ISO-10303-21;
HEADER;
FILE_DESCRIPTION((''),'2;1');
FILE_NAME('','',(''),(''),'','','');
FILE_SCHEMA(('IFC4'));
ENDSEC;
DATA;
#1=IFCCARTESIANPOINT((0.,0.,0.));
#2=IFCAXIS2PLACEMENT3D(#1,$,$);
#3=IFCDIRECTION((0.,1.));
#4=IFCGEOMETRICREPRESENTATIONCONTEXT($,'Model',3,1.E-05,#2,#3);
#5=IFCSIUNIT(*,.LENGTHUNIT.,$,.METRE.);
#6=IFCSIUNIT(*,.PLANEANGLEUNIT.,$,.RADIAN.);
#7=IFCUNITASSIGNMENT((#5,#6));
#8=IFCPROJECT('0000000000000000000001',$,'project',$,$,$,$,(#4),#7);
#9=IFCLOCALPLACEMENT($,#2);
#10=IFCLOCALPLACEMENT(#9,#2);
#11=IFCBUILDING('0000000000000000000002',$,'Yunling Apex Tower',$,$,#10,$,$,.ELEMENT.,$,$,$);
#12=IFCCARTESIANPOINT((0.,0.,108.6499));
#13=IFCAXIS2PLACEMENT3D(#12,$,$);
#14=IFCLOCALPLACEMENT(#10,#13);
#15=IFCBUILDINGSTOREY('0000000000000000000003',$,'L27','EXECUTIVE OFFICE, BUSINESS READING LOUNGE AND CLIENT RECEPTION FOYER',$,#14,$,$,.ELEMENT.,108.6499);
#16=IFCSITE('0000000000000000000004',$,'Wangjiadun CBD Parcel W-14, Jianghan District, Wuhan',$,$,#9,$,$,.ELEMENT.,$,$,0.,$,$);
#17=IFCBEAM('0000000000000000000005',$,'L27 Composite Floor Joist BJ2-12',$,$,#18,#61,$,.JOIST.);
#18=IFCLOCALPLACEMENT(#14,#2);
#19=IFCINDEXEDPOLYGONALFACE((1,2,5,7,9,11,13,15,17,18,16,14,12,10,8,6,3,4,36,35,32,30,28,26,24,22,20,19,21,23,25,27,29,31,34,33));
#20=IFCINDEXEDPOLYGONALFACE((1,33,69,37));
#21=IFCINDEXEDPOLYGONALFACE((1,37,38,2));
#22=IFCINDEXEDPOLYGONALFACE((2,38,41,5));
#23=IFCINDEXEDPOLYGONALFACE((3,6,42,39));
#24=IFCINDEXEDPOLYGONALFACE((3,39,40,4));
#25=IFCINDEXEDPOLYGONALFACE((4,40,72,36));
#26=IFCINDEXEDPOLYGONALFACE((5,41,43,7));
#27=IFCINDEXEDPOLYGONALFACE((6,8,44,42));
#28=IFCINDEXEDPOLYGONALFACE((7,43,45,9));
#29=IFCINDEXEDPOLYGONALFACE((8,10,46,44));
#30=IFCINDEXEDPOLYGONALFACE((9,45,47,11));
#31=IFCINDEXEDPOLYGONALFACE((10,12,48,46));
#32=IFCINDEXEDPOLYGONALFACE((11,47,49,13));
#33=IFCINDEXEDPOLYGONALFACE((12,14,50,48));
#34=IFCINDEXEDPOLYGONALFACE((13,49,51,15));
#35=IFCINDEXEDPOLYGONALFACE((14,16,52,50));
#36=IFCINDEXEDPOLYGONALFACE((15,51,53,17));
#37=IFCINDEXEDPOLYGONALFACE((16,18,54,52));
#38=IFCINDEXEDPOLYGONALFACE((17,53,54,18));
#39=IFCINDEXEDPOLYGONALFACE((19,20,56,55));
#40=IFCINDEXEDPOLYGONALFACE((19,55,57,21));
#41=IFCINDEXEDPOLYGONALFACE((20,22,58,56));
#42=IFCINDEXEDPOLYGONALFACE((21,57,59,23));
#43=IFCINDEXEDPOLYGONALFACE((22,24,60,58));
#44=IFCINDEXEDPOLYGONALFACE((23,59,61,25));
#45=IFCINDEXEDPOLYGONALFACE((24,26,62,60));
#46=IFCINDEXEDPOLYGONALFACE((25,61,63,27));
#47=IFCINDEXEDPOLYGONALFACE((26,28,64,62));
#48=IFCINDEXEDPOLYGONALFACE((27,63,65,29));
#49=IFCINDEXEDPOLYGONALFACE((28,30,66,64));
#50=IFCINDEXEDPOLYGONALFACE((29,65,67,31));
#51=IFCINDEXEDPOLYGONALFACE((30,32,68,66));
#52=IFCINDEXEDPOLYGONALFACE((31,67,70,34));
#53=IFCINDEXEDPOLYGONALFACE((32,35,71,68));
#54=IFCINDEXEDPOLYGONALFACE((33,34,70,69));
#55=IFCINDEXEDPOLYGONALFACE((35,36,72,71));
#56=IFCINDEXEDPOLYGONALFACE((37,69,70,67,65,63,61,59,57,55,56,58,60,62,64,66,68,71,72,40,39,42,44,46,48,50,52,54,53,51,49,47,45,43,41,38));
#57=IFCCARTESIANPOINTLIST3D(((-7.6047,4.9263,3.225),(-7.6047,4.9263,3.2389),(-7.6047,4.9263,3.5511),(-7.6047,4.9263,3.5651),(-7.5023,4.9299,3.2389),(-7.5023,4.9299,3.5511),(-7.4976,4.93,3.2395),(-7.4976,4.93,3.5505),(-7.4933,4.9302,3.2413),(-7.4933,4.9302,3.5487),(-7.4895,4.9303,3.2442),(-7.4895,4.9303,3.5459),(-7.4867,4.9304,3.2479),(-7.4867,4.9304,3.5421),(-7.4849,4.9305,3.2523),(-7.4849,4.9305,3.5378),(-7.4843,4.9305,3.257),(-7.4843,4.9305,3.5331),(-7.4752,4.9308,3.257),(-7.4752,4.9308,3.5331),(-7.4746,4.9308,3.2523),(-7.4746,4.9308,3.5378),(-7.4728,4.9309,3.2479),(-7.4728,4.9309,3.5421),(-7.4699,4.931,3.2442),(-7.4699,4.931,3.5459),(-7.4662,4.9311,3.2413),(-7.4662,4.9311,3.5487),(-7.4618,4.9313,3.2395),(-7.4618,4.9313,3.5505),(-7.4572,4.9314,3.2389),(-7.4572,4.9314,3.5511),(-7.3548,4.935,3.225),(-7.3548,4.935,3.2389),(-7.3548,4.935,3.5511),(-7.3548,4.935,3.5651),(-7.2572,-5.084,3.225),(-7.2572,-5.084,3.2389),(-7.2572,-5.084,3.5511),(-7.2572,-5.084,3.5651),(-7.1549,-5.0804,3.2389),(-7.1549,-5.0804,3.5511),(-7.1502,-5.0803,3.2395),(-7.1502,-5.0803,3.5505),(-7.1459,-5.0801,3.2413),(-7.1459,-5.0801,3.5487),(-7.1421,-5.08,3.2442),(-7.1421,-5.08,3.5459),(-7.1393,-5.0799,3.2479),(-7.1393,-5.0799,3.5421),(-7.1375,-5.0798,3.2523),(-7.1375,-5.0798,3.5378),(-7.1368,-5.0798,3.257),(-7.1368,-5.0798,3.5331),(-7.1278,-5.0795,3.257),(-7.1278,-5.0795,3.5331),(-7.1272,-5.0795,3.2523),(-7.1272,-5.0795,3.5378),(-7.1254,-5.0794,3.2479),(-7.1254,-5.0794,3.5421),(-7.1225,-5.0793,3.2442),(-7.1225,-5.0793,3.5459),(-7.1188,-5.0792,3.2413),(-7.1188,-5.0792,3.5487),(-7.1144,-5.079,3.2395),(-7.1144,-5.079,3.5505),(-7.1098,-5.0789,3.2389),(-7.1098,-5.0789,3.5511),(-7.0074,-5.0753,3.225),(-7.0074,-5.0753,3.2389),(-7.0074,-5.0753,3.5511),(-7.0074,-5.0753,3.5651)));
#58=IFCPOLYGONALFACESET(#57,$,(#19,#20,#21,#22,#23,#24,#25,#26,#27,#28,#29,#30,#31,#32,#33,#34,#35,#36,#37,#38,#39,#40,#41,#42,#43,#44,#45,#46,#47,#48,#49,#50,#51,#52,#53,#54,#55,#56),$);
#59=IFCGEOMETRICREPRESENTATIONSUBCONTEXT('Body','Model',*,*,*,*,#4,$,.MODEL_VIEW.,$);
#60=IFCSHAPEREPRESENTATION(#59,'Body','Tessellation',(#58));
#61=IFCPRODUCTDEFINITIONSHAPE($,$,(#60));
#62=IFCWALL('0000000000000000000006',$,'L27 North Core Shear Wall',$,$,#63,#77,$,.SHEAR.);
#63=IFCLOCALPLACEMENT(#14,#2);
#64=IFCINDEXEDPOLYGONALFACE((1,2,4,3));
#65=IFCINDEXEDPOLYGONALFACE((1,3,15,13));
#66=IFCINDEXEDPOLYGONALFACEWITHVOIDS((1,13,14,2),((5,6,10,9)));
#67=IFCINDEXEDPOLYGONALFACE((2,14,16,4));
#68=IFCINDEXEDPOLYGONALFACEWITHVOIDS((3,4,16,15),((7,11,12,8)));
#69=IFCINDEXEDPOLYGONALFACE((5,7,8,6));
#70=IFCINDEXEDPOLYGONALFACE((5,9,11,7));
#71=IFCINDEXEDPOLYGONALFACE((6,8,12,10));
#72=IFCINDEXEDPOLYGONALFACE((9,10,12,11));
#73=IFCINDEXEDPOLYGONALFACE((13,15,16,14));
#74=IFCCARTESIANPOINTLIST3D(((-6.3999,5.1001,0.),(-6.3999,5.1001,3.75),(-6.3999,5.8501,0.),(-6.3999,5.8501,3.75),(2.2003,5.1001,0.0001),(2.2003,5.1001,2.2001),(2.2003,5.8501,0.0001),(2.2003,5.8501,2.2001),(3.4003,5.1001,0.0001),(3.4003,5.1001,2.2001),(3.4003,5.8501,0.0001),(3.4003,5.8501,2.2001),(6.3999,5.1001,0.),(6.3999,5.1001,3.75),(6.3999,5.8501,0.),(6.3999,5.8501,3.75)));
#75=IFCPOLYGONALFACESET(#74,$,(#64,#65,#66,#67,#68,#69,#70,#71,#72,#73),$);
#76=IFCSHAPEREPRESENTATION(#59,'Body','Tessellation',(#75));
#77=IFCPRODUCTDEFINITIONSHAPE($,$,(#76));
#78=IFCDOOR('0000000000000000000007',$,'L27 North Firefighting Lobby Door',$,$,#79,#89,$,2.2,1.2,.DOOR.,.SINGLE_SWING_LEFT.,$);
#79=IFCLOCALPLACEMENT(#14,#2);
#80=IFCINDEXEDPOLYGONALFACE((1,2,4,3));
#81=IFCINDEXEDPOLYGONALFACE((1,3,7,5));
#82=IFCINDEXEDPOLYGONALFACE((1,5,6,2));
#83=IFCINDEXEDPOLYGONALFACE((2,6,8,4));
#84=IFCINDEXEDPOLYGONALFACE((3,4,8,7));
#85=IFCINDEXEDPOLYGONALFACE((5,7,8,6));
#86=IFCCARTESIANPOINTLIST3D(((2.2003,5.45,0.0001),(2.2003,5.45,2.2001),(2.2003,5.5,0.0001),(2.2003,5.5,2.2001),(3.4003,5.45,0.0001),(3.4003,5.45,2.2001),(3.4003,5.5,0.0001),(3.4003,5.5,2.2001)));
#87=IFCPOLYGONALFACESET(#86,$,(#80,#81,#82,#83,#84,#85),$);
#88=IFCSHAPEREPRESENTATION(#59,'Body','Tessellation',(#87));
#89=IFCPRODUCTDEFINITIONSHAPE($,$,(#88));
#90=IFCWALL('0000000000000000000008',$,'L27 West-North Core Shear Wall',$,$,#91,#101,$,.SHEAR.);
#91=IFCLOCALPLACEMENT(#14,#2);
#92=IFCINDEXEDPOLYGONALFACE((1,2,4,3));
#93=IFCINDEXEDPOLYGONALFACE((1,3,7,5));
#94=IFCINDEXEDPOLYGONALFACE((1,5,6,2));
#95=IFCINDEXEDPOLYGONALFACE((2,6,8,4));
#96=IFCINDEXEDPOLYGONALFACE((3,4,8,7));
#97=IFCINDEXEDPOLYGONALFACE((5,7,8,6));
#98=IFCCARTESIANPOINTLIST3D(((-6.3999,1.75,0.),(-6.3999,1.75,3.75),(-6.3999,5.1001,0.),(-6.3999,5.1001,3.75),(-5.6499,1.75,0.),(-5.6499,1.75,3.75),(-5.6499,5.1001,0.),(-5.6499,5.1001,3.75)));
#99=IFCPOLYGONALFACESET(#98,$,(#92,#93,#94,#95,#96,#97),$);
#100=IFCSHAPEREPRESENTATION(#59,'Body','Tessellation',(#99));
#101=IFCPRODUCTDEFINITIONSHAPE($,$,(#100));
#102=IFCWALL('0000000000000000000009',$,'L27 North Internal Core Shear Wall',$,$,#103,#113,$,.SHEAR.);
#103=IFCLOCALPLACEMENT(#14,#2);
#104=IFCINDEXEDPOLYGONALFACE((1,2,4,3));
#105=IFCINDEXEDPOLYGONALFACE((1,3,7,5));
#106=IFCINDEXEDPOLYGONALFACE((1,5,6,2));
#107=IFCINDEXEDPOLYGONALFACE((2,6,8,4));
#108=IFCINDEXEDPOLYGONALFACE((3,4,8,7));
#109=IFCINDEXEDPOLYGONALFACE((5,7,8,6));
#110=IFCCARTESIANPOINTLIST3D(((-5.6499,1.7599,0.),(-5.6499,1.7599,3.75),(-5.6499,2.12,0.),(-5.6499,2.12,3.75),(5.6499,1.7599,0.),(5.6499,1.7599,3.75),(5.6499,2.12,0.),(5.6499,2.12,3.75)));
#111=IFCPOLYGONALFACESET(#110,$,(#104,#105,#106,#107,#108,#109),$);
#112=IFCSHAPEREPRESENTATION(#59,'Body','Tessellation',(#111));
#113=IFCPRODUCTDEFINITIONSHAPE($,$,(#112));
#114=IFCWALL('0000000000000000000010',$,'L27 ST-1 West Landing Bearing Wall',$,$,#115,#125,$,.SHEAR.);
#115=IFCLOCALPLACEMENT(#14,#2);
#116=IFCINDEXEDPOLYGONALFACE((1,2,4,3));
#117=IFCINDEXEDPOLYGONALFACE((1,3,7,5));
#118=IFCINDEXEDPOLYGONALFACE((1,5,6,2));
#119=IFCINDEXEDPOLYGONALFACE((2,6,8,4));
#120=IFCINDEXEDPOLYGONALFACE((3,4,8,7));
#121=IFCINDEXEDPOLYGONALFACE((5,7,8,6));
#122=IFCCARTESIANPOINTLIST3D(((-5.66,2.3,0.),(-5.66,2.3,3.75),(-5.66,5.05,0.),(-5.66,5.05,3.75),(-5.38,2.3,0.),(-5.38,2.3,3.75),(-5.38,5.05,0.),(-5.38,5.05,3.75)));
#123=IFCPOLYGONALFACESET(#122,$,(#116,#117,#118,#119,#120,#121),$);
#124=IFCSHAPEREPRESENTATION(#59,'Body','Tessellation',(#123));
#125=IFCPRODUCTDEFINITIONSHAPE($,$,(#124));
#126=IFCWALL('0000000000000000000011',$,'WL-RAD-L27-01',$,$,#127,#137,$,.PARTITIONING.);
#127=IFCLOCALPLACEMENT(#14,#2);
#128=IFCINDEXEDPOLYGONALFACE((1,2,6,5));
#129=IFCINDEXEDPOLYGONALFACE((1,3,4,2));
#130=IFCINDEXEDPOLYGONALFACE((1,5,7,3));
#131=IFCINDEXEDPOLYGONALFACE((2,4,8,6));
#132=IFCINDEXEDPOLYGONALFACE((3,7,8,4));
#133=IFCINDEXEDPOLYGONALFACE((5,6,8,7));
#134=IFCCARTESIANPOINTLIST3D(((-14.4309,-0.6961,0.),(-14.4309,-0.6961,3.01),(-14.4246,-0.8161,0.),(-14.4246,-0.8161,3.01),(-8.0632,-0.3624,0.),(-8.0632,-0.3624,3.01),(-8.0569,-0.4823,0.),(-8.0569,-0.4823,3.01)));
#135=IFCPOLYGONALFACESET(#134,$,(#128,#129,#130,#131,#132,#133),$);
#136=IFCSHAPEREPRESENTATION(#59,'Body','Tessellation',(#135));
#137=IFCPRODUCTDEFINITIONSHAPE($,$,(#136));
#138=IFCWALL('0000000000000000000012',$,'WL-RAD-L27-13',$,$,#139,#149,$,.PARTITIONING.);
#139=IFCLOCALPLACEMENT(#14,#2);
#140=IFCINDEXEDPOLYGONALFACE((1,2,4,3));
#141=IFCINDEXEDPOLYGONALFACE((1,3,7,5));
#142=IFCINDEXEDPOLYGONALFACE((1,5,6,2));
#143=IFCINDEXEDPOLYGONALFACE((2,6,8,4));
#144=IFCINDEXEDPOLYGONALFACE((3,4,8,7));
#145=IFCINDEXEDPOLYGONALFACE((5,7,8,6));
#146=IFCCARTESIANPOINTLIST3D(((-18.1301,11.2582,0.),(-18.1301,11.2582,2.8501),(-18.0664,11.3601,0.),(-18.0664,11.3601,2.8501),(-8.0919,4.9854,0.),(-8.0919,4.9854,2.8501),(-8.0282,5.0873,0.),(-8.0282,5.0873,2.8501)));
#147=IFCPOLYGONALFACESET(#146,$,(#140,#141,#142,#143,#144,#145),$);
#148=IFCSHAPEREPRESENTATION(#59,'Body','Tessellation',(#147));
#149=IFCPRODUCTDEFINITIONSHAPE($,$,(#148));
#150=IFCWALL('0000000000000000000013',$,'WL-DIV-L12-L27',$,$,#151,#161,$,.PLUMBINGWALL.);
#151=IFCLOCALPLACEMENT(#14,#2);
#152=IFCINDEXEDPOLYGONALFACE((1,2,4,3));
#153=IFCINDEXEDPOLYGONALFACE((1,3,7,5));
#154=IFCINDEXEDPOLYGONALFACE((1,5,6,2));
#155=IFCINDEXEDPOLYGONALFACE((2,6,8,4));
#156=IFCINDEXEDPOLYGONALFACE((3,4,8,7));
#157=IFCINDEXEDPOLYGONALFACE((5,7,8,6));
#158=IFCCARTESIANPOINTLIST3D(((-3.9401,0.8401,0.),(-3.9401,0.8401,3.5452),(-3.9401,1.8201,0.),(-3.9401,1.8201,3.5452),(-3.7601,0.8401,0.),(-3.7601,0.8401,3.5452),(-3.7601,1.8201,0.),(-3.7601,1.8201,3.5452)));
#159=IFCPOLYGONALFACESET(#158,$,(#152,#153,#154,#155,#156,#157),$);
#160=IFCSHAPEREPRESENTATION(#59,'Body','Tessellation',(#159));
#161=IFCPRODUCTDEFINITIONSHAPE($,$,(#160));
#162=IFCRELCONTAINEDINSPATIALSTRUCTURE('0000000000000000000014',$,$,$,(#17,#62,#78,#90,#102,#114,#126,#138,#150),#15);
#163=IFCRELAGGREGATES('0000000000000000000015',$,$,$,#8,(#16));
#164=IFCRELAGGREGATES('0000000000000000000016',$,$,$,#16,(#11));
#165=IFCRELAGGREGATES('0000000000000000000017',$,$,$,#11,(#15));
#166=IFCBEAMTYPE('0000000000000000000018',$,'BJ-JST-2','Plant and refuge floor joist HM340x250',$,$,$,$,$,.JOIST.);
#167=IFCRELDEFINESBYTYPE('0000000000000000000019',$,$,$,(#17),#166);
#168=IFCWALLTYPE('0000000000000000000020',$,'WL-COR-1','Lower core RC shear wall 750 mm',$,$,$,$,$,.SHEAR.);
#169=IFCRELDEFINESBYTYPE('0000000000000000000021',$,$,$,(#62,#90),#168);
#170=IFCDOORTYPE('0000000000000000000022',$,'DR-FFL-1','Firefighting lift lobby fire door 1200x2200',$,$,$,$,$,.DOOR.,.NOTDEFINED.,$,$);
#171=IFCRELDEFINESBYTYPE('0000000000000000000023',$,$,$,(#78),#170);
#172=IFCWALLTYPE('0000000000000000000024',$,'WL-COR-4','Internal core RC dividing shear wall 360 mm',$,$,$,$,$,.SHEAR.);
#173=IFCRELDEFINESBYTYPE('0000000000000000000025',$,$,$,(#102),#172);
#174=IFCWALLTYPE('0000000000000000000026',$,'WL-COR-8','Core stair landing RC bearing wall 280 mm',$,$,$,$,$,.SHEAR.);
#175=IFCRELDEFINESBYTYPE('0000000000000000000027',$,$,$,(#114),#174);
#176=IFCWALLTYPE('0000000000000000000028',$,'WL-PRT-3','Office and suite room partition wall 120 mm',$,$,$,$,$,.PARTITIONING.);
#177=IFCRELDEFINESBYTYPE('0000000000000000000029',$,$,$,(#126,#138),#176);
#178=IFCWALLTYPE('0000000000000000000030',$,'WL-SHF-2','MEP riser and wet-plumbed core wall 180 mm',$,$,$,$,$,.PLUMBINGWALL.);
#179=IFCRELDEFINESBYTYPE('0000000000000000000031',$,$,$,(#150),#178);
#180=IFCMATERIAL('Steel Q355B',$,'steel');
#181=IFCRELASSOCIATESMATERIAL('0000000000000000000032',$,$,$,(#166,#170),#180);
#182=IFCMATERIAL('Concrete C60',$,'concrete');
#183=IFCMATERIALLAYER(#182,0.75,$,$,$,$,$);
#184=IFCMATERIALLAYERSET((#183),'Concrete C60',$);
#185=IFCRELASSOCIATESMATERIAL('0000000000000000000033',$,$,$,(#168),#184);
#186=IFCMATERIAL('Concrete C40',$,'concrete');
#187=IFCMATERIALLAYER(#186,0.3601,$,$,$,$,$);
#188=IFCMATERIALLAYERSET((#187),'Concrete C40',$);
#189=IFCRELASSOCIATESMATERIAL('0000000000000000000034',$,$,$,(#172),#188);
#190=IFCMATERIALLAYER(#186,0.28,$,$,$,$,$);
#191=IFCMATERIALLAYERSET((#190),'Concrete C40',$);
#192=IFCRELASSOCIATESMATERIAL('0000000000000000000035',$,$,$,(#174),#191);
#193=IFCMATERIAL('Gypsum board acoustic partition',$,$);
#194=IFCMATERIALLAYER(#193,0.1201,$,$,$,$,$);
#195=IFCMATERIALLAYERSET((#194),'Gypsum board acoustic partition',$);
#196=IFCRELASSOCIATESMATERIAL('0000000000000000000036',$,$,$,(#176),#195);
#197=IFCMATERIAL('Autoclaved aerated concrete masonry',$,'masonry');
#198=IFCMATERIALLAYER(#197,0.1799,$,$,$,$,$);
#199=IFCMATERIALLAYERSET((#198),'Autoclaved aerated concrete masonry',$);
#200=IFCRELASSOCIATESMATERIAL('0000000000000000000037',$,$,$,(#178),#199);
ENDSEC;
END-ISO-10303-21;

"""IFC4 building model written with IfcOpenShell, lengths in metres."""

from ifc_helpers import new_model, si_unit, direction, frame, frame_2d, origin, origin_2d, place, context, subcontext, project, spatial, rectangle, i_section, extrude, source, transform, mapped, material, layer, layer_set, material_profile, profile_set, type_object, element, fill, save


model = new_model("IFC4")

# Units and contexts
model_context = context("Model", 3, precision=1e-05, world=origin(), true_north=direction((0.0, 1.0)))
body_context = subcontext(model_context, "Body", "Model", "MODEL_VIEW")
ifc_project = project(units=[si_unit("LENGTHUNIT", "METRE"), si_unit("PLANEANGLEUNIT", "RADIAN")], contexts=[model_context])

# Site, building, storey
site_placement = place(None, origin())
site = spatial("IfcSite", under=ifc_project, at=site_placement, Name="Wangjiadun CBD Parcel W-14, Jianghan District, Wuhan", CompositionType="ELEMENT", RefElevation=0.0)
building_placement = place(site_placement, origin())
building = spatial("IfcBuilding", under=site, at=building_placement, Name="Yunling Apex Tower", CompositionType="ELEMENT")
storey_placement = place(building_placement, frame((0.0, 0.0, 108.6499)))
storey = spatial("IfcBuildingStorey", under=building, at=storey_placement, Name="L27", Description="EXECUTIVE OFFICE, BUSINESS READING LOUNGE AND CLIENT RECEPTION FOYER", CompositionType="ELEMENT", Elevation=108.6499)

# Shared definitions
ifc_material_1 = material(Name="Concrete C60", Category="concrete")

# Beam
ifc_material_2 = material(Name="Steel Q355B", Category="steel")
ifc_material_profile_1 = material_profile(ifc_material_2, i_section(OverallWidth=0.25, OverallDepth=0.3401, WebThickness=0.009, FlangeThickness=0.0139, FilletRadius=0.0181, at=origin_2d()))
ifc_profile_set_1 = profile_set([ifc_material_profile_1], Name="Steel Q355B")
beam_type_1 = type_object("IfcBeamType", Name="BJ-JST-2", Description="Plant and refuge floor joist HM340x250", PredefinedType="JOIST", material=ifc_profile_set_1)
shared_shape_1 = source(origin(), body_context, "Body", "SweptSolid", [
    extrude(i_section(OverallWidth=0.25, OverallDepth=0.3401, WebThickness=0.009, FlangeThickness=0.0139, FilletRadius=0.0181, at=origin_2d()), origin(), (0.0, 0.0, 1.0), 10.0164),
])
beam_1_placement = place(storey_placement, frame((-7.4797, 4.9307, 3.395), z_axis=(0.034685, -0.999398, 0.0), x_axis=(0.999398, 0.034685, 0.0)))
element("IfcBeam", 1, at=beam_1_placement, inside=storey, type_object=beam_type_1, Name="L27 Composite Floor Joist BJ2-12", PredefinedType="JOIST", context=body_context, shape_type="MappedRepresentation", body=[
    mapped(shared_shape_1, transform((0.0, 0.0, 0.0), scale=1.0)),
])

# Wall, opening, door
ifc_layer_1 = layer(ifc_material_1, 0.75)
ifc_layer_set_1 = layer_set([ifc_layer_1], Name="Concrete C60")
wall_type_1 = type_object("IfcWallType", Name="WL-COR-1", Description="Lower core RC shear wall 750 mm", PredefinedType="SHEAR", material=ifc_layer_set_1)
wall_1_placement = place(storey_placement, frame((-6.3999, 5.4751, 0.0), z_axis=(0.0, 0.0, 1.0), x_axis=(1.0, 0.0, 0.0)))
wall_1 = element("IfcWall", 2, at=wall_1_placement, inside=storey, type_object=wall_type_1, Name="L27 North Core Shear Wall", PredefinedType="SHEAR", context=body_context, shape_type="SweptSolid", body=[
    extrude(rectangle(XDim=12.7998, YDim=0.75, at=frame_2d((6.3999, 0.0))), origin(), (0.0, 0.0, 1.0), 3.75),
])
opening_1_placement = place(wall_1_placement, frame((8.6001, 0.0, 0.0)))
opening_1 = element("IfcOpeningElement", 3, at=opening_1_placement, cuts=wall_1, PredefinedType="OPENING", context=body_context, shape_type="SweptSolid", body=[
    extrude(rectangle(XDim=1.2, YDim=2.2, at=frame_2d((0.6001, 1.1001))), frame((0.0, 0.385, 0.0), z_axis=(0.0, -1.0, 0.0), x_axis=(1.0, 0.0, 0.0)), (0.0, 0.0, 1.0), 0.77),
])
door_type_1 = type_object("IfcDoorType", Name="DR-FFL-1", Description="Firefighting lift lobby fire door 1200x2200", OperationType="NOTDEFINED", PredefinedType="DOOR", material=ifc_material_2)
door_1_placement = place(opening_1_placement, origin())
door_1 = element("IfcDoor", 4, at=door_1_placement, inside=storey, type_object=door_type_1, Name="L27 North Firefighting Lobby Door", OperationType="SINGLE_SWING_LEFT", OverallHeight=2.2, OverallWidth=1.2, PredefinedType="DOOR", context=body_context, shape_type="SweptSolid", body=[
    extrude(rectangle(XDim=1.2, YDim=2.2, at=frame_2d((0.6001, 1.1001))), frame((0.0, 0.0249, 0.0), z_axis=(0.0, -1.0, 0.0), x_axis=(1.0, 0.0, 0.0)), (0.0, 0.0, 1.0), 0.05),
])
fill(opening_1, door_1)

# Walls
wall_2_placement = place(storey_placement, frame((-6.0249, 1.75, 0.0), z_axis=(0.0, 0.0, 1.0), x_axis=(0.0, 1.0, 0.0)))
element("IfcWall", 5, at=wall_2_placement, inside=storey, type_object=wall_type_1, Name="L27 West-North Core Shear Wall", PredefinedType="SHEAR", context=body_context, shape_type="SweptSolid", body=[
    extrude(rectangle(XDim=3.3501, YDim=0.75, at=frame_2d((1.675, 0.0))), origin(), (0.0, 0.0, 1.0), 3.75),
])
ifc_material_3 = material(Name="Concrete C40", Category="concrete")
ifc_layer_2 = layer(ifc_material_3, 0.3601)
ifc_layer_set_2 = layer_set([ifc_layer_2], Name="Concrete C40")
wall_type_2 = type_object("IfcWallType", Name="WL-COR-4", Description="Internal core RC dividing shear wall 360 mm", PredefinedType="SHEAR", material=ifc_layer_set_2)
wall_3_placement = place(storey_placement, frame((-5.6499, 1.9399, 0.0), z_axis=(0.0, 0.0, 1.0), x_axis=(1.0, 0.0, 0.0)))
element("IfcWall", 6, at=wall_3_placement, inside=storey, type_object=wall_type_2, Name="L27 North Internal Core Shear Wall", PredefinedType="SHEAR", context=body_context, shape_type="SweptSolid", body=[
    extrude(rectangle(XDim=11.2998, YDim=0.3601, at=frame_2d((5.6499, 0.0))), origin(), (0.0, 0.0, 1.0), 3.75),
])
ifc_layer_3 = layer(ifc_material_3, 0.28)
ifc_layer_set_3 = layer_set([ifc_layer_3], Name="Concrete C40")
wall_type_3 = type_object("IfcWallType", Name="WL-COR-8", Description="Core stair landing RC bearing wall 280 mm", PredefinedType="SHEAR", material=ifc_layer_set_3)
wall_4_placement = place(storey_placement, frame((-5.52, 2.3, 0.0), z_axis=(0.0, 0.0, 1.0), x_axis=(0.0, 1.0, 0.0)))
element("IfcWall", 7, at=wall_4_placement, inside=storey, type_object=wall_type_3, Name="L27 ST-1 West Landing Bearing Wall", PredefinedType="SHEAR", context=body_context, shape_type="SweptSolid", body=[
    extrude(rectangle(XDim=2.75, YDim=0.28, at=frame_2d((1.375, 0.0))), origin(), (0.0, 0.0, 1.0), 3.75),
])
ifc_material_4 = material(Name="Gypsum board acoustic partition")
ifc_layer_4 = layer(ifc_material_4, 0.1201)
ifc_layer_set_4 = layer_set([ifc_layer_4], Name="Gypsum board acoustic partition")
wall_type_4 = type_object("IfcWallType", Name="WL-PRT-3", Description="Office and suite room partition wall 120 mm", PredefinedType="PARTITIONING", material=ifc_layer_set_4)
wall_5_placement = place(storey_placement, frame((-8.0601, -0.4224, 0.0), z_axis=(0.0, 0.0, 1.0), x_axis=(-0.998629, -0.05234, 0.0)))
element("IfcWall", 8, at=wall_5_placement, inside=storey, type_object=wall_type_4, Name="WL-RAD-L27-01", PredefinedType="PARTITIONING", context=body_context, shape_type="SweptSolid", body=[
    extrude(rectangle(XDim=6.3765, YDim=0.1201, at=frame_2d((3.1882, 0.0))), origin(), (0.0, 0.0, 1.0), 3.01),
])
wall_6_placement = place(storey_placement, frame((-8.0601, 5.0364, 0.0), z_axis=(0.0, 0.0, 1.0), x_axis=(-0.84804, 0.529932, 0.0)))
element("IfcWall", 9, at=wall_6_placement, inside=storey, type_object=wall_type_4, Name="WL-RAD-L27-13", PredefinedType="PARTITIONING", context=body_context, shape_type="SweptSolid", body=[
    extrude(rectangle(XDim=11.8369, YDim=0.1201, at=frame_2d((5.9185, 0.0))), origin(), (0.0, 0.0, 1.0), 2.8501),
])
ifc_material_5 = material(Name="Autoclaved aerated concrete masonry", Category="masonry")
ifc_layer_5 = layer(ifc_material_5, 0.1799)
ifc_layer_set_5 = layer_set([ifc_layer_5], Name="Autoclaved aerated concrete masonry")
wall_type_5 = type_object("IfcWallType", Name="WL-SHF-2", Description="MEP riser and wet-plumbed core wall 180 mm", PredefinedType="PLUMBINGWALL", material=ifc_layer_set_5)
wall_7_placement = place(storey_placement, frame((-3.8501, 0.8401, 0.0), z_axis=(0.0, 0.0, 1.0), x_axis=(0.0, 1.0, 0.0)))
element("IfcWall", 10, at=wall_7_placement, inside=storey, type_object=wall_type_5, Name="WL-DIV-L12-L27", PredefinedType="PLUMBINGWALL", context=body_context, shape_type="SweptSolid", body=[
    extrude(rectangle(XDim=0.98, YDim=0.1799, at=frame_2d((0.49, 0.0))), origin(), (0.0, 0.0, 1.0), 3.5452),
])

save(model, "model.ifc")
